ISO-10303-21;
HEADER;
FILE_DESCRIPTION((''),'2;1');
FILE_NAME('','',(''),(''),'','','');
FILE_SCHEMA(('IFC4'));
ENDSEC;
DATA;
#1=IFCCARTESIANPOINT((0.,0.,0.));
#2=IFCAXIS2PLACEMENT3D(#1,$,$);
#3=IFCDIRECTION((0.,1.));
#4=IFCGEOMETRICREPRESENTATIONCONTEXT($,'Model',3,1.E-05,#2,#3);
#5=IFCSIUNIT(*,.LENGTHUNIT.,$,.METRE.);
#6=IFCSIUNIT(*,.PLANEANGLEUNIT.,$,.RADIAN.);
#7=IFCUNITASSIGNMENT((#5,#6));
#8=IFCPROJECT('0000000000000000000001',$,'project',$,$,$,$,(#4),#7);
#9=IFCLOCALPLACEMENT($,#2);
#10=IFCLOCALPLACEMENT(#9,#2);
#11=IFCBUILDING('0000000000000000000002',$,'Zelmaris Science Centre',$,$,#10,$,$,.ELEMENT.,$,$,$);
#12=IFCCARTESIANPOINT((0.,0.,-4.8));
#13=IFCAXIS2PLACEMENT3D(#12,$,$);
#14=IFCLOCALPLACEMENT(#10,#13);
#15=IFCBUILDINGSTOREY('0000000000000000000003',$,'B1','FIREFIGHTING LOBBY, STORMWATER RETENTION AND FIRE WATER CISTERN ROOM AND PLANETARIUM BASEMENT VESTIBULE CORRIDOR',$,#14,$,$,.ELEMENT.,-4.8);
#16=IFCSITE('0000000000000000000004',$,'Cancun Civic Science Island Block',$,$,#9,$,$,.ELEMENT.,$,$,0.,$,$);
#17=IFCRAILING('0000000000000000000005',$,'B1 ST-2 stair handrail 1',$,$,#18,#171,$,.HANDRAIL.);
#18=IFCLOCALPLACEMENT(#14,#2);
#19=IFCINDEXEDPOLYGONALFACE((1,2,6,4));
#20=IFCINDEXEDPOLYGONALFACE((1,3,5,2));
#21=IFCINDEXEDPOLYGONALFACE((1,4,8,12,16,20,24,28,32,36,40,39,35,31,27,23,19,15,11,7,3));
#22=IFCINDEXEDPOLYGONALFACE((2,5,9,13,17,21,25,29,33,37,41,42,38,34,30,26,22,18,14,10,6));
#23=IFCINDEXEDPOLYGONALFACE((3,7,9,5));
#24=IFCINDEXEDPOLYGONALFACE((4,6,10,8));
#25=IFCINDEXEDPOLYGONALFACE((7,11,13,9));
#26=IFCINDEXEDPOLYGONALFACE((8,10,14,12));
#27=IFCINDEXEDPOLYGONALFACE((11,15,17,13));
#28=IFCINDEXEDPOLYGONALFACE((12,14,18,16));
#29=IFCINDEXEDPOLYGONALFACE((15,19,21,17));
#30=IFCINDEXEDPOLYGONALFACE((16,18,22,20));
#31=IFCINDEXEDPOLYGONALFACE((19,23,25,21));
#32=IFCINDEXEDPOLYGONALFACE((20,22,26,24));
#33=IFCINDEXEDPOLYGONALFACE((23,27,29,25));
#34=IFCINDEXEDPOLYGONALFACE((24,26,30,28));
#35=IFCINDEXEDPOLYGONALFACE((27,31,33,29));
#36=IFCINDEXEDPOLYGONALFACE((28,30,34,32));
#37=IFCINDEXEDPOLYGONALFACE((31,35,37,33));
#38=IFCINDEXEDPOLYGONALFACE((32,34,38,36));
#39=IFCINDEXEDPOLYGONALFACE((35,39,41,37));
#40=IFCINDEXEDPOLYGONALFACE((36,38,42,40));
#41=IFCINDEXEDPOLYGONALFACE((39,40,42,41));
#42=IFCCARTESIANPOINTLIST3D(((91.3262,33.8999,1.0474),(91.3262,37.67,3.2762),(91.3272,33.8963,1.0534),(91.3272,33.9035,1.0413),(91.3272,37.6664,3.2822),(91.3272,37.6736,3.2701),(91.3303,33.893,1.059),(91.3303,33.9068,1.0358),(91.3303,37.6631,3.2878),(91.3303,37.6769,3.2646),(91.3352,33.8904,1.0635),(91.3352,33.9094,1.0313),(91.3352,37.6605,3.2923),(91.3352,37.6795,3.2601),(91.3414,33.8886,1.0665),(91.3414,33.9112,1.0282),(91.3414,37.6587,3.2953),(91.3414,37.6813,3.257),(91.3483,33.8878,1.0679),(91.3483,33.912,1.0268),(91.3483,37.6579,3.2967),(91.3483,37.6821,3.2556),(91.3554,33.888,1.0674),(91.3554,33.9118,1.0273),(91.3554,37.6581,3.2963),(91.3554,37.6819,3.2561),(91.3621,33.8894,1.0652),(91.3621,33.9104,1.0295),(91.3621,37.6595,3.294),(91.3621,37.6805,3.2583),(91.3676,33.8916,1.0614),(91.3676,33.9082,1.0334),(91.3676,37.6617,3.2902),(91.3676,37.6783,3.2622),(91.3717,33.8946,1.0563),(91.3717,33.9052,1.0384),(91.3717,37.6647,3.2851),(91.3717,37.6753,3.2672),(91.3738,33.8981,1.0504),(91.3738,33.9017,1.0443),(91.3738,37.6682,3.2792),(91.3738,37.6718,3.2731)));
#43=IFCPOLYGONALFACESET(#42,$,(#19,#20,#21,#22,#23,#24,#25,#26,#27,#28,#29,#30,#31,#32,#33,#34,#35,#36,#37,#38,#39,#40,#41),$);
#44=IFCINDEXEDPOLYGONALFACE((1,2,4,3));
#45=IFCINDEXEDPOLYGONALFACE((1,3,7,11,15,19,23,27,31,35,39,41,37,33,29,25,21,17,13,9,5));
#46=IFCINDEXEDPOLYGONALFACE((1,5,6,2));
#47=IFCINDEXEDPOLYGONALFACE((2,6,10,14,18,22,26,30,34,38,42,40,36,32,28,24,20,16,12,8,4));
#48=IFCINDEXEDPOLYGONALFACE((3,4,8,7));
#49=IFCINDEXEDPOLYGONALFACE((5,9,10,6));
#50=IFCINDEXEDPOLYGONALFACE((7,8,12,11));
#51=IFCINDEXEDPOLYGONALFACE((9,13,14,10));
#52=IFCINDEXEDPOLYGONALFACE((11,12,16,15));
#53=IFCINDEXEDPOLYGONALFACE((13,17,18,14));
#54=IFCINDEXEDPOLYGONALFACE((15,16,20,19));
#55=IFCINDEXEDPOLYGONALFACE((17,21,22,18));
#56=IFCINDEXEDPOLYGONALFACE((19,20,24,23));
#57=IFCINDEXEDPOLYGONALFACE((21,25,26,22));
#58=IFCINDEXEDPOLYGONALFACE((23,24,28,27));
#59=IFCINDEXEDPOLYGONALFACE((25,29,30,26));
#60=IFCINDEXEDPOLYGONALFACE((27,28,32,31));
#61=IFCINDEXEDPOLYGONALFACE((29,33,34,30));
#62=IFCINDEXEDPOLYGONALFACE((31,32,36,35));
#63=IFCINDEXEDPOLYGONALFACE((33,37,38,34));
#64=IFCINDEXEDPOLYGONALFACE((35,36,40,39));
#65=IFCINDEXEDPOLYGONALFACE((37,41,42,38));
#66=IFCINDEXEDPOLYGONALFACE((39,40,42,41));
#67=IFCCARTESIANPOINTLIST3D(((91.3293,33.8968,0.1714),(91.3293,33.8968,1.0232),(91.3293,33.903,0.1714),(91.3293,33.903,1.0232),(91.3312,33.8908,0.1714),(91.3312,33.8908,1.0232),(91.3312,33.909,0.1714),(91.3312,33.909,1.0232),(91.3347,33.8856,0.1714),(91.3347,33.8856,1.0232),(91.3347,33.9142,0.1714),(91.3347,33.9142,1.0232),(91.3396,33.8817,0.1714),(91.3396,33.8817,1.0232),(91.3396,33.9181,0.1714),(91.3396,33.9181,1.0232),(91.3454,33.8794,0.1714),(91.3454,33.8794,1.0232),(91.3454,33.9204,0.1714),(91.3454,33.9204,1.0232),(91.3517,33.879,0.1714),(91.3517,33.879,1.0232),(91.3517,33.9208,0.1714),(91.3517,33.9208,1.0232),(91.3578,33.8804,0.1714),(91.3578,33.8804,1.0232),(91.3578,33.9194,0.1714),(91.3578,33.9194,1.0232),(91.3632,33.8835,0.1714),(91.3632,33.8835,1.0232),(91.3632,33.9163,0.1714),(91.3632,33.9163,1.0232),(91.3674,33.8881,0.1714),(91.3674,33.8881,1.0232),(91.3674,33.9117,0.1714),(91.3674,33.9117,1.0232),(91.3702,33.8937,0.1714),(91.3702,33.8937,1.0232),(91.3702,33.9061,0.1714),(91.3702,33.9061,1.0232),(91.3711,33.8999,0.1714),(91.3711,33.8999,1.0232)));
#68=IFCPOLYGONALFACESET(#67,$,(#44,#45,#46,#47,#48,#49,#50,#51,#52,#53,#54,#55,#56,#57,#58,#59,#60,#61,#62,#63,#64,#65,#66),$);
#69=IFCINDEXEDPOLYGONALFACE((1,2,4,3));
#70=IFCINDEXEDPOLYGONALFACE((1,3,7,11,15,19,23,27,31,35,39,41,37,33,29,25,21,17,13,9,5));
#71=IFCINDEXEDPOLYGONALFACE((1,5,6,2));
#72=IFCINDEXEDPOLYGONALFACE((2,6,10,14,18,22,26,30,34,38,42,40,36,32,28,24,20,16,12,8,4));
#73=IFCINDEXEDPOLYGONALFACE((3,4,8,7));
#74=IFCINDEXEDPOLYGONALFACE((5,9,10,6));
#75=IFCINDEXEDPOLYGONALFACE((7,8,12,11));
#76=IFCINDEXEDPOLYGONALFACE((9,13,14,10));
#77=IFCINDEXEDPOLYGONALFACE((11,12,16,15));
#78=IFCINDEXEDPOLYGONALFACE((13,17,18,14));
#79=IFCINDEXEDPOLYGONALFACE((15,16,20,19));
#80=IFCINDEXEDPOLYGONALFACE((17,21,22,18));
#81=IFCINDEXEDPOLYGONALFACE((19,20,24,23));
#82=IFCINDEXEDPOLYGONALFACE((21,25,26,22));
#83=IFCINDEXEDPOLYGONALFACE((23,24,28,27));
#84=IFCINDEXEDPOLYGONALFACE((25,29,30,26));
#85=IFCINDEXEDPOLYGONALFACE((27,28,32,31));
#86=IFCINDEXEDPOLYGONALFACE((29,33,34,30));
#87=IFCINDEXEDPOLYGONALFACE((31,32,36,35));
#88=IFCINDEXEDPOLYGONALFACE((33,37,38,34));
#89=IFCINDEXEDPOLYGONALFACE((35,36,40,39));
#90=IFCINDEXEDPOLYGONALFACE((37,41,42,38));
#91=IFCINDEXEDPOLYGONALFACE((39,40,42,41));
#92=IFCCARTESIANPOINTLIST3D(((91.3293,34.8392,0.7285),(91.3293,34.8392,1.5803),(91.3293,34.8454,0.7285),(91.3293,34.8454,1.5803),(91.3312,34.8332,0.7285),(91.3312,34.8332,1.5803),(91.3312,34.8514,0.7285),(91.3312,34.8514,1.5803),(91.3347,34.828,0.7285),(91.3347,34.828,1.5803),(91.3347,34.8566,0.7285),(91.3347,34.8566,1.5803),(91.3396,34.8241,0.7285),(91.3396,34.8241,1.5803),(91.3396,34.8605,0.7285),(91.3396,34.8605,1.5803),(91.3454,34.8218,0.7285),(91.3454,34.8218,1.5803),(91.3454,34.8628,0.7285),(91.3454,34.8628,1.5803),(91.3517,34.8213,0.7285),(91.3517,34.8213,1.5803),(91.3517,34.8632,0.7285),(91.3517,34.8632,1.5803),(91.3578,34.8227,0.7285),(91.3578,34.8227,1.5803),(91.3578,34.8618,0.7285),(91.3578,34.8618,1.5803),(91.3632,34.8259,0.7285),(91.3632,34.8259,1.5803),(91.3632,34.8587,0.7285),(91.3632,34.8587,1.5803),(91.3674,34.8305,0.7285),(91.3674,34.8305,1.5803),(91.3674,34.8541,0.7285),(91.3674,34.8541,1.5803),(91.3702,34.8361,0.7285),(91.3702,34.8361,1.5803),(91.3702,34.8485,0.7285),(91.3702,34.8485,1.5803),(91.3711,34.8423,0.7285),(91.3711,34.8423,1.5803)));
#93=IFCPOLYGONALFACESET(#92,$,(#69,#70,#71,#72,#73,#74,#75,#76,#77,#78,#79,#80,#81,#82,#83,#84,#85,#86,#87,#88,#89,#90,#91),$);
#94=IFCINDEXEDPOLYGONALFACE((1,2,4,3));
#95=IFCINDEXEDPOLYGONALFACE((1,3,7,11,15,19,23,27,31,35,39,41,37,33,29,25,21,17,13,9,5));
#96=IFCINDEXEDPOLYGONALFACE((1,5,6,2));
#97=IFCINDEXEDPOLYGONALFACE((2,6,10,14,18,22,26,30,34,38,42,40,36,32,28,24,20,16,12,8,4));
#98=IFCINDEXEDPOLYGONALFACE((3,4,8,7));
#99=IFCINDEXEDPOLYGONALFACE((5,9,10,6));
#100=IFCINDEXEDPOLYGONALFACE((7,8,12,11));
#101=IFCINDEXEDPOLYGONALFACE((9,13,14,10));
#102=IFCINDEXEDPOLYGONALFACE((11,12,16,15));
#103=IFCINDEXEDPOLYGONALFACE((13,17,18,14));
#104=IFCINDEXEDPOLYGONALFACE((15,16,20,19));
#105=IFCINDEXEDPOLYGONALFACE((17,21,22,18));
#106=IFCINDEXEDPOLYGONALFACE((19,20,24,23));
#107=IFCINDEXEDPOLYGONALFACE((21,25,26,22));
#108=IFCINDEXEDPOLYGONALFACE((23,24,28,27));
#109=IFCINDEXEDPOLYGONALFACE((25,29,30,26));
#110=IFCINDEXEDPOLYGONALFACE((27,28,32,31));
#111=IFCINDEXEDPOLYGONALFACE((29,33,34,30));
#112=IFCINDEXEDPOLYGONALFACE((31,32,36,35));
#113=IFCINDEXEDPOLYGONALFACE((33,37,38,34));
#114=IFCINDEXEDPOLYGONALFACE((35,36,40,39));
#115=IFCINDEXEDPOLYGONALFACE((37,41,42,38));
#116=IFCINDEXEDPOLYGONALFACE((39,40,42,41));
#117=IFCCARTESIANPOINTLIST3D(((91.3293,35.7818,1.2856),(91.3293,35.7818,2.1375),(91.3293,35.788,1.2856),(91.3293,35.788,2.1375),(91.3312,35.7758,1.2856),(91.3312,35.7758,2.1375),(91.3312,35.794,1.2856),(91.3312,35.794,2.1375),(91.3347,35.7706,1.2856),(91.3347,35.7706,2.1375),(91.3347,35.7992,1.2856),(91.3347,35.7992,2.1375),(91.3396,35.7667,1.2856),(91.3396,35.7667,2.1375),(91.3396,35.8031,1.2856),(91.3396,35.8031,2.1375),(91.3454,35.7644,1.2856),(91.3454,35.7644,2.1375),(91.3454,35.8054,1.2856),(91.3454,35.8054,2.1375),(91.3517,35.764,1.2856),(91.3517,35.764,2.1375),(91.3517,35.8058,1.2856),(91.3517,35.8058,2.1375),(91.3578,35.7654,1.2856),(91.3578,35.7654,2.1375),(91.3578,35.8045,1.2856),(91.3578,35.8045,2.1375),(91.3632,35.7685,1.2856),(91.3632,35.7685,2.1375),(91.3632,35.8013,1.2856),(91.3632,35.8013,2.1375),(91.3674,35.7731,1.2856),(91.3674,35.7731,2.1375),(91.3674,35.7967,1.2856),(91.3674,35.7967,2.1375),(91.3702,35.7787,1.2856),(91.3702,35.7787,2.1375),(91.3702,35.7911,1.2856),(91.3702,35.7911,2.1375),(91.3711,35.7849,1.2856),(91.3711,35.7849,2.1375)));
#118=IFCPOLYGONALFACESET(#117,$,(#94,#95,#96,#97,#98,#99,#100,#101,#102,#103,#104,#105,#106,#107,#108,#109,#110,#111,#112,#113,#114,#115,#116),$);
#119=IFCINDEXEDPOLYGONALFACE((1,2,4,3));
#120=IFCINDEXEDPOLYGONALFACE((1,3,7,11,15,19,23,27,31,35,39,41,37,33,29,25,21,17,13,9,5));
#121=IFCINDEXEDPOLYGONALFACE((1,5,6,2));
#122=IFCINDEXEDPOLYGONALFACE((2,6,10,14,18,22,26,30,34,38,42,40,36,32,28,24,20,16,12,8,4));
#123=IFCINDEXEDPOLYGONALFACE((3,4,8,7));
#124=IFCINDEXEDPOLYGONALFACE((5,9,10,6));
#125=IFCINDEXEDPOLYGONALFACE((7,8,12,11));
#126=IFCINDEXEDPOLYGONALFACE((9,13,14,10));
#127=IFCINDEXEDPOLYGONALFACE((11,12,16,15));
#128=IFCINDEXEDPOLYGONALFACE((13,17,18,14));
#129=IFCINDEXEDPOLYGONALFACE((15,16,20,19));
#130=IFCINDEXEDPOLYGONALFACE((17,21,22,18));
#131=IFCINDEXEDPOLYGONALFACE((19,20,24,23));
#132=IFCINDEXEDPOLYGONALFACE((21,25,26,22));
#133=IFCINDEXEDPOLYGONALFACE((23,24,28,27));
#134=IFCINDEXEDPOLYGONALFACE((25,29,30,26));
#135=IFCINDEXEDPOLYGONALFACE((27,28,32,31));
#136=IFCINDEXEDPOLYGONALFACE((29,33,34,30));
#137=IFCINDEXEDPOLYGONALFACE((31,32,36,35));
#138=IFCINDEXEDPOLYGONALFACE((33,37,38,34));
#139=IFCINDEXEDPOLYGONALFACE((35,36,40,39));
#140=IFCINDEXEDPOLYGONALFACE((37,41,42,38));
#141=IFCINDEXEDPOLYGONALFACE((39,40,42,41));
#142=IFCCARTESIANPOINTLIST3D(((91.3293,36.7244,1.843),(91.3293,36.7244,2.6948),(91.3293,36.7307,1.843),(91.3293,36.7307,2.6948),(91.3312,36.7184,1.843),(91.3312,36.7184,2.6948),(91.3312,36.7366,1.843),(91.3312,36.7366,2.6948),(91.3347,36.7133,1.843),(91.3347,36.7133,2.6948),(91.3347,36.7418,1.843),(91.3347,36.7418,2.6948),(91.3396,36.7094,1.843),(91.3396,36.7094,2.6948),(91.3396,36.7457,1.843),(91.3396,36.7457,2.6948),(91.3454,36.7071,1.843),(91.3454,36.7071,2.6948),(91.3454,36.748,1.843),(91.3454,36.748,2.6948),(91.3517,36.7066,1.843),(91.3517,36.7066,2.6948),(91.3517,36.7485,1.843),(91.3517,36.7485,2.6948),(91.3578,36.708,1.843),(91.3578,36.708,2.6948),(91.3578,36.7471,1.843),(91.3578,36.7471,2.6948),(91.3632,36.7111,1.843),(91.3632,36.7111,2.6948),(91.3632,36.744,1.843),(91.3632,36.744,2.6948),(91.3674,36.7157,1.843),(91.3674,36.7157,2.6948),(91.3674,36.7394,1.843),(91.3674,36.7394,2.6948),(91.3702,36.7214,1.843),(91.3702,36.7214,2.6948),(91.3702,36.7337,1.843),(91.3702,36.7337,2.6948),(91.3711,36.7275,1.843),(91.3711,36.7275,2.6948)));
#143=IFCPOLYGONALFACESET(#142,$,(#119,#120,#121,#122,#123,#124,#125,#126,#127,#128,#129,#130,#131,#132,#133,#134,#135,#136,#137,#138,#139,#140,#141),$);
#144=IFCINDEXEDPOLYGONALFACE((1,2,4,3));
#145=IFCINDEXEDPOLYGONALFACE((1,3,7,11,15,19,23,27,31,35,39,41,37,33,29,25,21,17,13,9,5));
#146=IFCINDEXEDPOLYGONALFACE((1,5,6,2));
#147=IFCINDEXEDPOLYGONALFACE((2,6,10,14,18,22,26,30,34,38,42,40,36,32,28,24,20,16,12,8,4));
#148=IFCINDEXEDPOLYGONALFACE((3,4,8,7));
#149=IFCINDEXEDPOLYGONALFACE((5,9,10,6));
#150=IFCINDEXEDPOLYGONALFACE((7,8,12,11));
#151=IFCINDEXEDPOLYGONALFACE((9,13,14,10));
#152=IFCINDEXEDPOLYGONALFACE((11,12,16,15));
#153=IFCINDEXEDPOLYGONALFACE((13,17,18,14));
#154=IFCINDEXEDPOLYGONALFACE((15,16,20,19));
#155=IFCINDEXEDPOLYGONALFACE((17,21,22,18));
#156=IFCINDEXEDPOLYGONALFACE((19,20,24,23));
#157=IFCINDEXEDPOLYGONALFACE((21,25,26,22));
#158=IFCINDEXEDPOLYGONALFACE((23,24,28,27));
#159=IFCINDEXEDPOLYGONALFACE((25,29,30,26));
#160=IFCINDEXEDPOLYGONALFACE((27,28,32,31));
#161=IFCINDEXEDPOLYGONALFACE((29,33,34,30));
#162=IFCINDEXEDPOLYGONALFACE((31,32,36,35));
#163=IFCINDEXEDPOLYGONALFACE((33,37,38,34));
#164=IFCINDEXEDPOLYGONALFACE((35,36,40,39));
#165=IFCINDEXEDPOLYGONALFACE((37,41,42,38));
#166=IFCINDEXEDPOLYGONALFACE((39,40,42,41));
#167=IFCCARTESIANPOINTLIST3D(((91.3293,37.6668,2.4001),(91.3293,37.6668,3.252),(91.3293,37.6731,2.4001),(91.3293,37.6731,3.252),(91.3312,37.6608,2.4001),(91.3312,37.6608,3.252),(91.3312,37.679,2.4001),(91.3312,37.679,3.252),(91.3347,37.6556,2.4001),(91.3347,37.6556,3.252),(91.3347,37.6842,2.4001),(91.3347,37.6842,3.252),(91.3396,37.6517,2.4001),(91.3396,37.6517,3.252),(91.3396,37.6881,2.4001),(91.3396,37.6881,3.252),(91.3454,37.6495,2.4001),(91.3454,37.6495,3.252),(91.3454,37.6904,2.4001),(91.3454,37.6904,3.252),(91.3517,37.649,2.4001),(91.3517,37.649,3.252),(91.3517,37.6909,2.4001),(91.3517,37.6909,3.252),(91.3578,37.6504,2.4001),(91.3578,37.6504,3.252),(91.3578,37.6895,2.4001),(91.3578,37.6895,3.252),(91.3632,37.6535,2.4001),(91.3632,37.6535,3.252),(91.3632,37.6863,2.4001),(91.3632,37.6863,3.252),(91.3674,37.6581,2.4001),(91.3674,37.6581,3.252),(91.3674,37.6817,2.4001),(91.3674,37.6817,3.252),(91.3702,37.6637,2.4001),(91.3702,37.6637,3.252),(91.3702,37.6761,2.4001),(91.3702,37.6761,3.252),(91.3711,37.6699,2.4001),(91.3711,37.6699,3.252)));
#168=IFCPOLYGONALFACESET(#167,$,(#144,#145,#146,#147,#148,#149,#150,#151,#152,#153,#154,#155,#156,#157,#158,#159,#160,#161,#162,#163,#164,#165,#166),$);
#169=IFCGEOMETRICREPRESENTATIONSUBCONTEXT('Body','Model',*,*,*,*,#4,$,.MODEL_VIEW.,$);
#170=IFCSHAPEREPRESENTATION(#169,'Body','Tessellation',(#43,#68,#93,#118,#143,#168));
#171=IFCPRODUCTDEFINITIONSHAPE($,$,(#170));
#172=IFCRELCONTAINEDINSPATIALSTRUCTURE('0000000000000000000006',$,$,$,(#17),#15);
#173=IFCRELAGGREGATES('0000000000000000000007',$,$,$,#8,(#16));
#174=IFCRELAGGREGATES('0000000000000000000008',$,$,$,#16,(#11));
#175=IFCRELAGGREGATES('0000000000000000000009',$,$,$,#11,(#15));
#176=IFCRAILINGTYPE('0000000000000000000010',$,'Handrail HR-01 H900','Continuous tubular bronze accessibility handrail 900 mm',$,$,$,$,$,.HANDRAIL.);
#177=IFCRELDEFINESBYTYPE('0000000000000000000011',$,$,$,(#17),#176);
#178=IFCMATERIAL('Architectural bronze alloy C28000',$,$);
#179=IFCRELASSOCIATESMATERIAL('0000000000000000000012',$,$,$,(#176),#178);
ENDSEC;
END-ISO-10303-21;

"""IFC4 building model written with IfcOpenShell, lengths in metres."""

from ifc_helpers import new_model, si_unit, direction, frame, origin, origin_2d, place, context, subcontext, project, spatial, circle, extrude, material, type_object, element, save


model = new_model("IFC4")

# Units and contexts
model_context = context("Model", 3, precision=1e-05, world=origin(), true_north=direction((0.0, 1.0)))
body_context = subcontext(model_context, "Body", "Model", "MODEL_VIEW")
ifc_project = project(units=[si_unit("LENGTHUNIT", "METRE"), si_unit("PLANEANGLEUNIT", "RADIAN")], contexts=[model_context])

# Site, building, storey
site_placement = place(None, origin())
site = spatial("IfcSite", under=ifc_project, at=site_placement, Name="Cancun Civic Science Island Block", CompositionType="ELEMENT", RefElevation=0.0)
building_placement = place(site_placement, origin())
building = spatial("IfcBuilding", under=site, at=building_placement, Name="Zelmaris Science Centre", CompositionType="ELEMENT")
storey_placement = place(building_placement, frame((0.0, 0.0, -4.8)))
storey = spatial("IfcBuildingStorey", under=building, at=storey_placement, Name="B1", Description="FIREFIGHTING LOBBY, STORMWATER RETENTION AND FIRE WATER CISTERN ROOM AND PLANETARIUM BASEMENT VESTIBULE CORRIDOR", CompositionType="ELEMENT", Elevation=-4.8)

# Railing
ifc_material_1 = material(Name="Architectural bronze alloy C28000")
railing_type_1 = type_object("IfcRailingType", Name="Handrail HR-01 H900", Description="Continuous tubular bronze accessibility handrail 900 mm", PredefinedType="HANDRAIL", material=ifc_material_1)
railing_1_placement = place(storey_placement, frame((91.3501, 33.8999, 0.1714)))
element("IfcRailing", 1, at=railing_1_placement, inside=storey, type_object=railing_type_1, Name="B1 ST-2 stair handrail 1", PredefinedType="HANDRAIL", context=body_context, shape_type="SweptSolid", body=[
    extrude(circle(Radius=0.0239, at=origin_2d()), frame((0.0, 0.0, 0.876), z_axis=(0.0, 0.860824, 0.508902), x_axis=(-1.0, 0.0, 0.0)), (0.0, 0.0, 1.0), 4.3796),
    extrude(circle(Radius=0.021, at=origin_2d()), origin(), (0.0, 0.0, 1.0), 0.8518),
    extrude(circle(Radius=0.021, at=origin_2d()), frame((0.0, 0.9424, 0.5571)), (0.0, 0.0, 1.0), 0.8518),
    extrude(circle(Radius=0.021, at=origin_2d()), frame((0.0, 1.885, 1.1143)), (0.0, 0.0, 1.0), 0.8518),
    extrude(circle(Radius=0.021, at=origin_2d()), frame((0.0, 2.8276, 1.6716)), (0.0, 0.0, 1.0), 0.8518),
    extrude(circle(Radius=0.021, at=origin_2d()), frame((0.0, 3.77, 2.2288)), (0.0, 0.0, 1.0), 0.8518),
])

save(model, "model.ifc")
